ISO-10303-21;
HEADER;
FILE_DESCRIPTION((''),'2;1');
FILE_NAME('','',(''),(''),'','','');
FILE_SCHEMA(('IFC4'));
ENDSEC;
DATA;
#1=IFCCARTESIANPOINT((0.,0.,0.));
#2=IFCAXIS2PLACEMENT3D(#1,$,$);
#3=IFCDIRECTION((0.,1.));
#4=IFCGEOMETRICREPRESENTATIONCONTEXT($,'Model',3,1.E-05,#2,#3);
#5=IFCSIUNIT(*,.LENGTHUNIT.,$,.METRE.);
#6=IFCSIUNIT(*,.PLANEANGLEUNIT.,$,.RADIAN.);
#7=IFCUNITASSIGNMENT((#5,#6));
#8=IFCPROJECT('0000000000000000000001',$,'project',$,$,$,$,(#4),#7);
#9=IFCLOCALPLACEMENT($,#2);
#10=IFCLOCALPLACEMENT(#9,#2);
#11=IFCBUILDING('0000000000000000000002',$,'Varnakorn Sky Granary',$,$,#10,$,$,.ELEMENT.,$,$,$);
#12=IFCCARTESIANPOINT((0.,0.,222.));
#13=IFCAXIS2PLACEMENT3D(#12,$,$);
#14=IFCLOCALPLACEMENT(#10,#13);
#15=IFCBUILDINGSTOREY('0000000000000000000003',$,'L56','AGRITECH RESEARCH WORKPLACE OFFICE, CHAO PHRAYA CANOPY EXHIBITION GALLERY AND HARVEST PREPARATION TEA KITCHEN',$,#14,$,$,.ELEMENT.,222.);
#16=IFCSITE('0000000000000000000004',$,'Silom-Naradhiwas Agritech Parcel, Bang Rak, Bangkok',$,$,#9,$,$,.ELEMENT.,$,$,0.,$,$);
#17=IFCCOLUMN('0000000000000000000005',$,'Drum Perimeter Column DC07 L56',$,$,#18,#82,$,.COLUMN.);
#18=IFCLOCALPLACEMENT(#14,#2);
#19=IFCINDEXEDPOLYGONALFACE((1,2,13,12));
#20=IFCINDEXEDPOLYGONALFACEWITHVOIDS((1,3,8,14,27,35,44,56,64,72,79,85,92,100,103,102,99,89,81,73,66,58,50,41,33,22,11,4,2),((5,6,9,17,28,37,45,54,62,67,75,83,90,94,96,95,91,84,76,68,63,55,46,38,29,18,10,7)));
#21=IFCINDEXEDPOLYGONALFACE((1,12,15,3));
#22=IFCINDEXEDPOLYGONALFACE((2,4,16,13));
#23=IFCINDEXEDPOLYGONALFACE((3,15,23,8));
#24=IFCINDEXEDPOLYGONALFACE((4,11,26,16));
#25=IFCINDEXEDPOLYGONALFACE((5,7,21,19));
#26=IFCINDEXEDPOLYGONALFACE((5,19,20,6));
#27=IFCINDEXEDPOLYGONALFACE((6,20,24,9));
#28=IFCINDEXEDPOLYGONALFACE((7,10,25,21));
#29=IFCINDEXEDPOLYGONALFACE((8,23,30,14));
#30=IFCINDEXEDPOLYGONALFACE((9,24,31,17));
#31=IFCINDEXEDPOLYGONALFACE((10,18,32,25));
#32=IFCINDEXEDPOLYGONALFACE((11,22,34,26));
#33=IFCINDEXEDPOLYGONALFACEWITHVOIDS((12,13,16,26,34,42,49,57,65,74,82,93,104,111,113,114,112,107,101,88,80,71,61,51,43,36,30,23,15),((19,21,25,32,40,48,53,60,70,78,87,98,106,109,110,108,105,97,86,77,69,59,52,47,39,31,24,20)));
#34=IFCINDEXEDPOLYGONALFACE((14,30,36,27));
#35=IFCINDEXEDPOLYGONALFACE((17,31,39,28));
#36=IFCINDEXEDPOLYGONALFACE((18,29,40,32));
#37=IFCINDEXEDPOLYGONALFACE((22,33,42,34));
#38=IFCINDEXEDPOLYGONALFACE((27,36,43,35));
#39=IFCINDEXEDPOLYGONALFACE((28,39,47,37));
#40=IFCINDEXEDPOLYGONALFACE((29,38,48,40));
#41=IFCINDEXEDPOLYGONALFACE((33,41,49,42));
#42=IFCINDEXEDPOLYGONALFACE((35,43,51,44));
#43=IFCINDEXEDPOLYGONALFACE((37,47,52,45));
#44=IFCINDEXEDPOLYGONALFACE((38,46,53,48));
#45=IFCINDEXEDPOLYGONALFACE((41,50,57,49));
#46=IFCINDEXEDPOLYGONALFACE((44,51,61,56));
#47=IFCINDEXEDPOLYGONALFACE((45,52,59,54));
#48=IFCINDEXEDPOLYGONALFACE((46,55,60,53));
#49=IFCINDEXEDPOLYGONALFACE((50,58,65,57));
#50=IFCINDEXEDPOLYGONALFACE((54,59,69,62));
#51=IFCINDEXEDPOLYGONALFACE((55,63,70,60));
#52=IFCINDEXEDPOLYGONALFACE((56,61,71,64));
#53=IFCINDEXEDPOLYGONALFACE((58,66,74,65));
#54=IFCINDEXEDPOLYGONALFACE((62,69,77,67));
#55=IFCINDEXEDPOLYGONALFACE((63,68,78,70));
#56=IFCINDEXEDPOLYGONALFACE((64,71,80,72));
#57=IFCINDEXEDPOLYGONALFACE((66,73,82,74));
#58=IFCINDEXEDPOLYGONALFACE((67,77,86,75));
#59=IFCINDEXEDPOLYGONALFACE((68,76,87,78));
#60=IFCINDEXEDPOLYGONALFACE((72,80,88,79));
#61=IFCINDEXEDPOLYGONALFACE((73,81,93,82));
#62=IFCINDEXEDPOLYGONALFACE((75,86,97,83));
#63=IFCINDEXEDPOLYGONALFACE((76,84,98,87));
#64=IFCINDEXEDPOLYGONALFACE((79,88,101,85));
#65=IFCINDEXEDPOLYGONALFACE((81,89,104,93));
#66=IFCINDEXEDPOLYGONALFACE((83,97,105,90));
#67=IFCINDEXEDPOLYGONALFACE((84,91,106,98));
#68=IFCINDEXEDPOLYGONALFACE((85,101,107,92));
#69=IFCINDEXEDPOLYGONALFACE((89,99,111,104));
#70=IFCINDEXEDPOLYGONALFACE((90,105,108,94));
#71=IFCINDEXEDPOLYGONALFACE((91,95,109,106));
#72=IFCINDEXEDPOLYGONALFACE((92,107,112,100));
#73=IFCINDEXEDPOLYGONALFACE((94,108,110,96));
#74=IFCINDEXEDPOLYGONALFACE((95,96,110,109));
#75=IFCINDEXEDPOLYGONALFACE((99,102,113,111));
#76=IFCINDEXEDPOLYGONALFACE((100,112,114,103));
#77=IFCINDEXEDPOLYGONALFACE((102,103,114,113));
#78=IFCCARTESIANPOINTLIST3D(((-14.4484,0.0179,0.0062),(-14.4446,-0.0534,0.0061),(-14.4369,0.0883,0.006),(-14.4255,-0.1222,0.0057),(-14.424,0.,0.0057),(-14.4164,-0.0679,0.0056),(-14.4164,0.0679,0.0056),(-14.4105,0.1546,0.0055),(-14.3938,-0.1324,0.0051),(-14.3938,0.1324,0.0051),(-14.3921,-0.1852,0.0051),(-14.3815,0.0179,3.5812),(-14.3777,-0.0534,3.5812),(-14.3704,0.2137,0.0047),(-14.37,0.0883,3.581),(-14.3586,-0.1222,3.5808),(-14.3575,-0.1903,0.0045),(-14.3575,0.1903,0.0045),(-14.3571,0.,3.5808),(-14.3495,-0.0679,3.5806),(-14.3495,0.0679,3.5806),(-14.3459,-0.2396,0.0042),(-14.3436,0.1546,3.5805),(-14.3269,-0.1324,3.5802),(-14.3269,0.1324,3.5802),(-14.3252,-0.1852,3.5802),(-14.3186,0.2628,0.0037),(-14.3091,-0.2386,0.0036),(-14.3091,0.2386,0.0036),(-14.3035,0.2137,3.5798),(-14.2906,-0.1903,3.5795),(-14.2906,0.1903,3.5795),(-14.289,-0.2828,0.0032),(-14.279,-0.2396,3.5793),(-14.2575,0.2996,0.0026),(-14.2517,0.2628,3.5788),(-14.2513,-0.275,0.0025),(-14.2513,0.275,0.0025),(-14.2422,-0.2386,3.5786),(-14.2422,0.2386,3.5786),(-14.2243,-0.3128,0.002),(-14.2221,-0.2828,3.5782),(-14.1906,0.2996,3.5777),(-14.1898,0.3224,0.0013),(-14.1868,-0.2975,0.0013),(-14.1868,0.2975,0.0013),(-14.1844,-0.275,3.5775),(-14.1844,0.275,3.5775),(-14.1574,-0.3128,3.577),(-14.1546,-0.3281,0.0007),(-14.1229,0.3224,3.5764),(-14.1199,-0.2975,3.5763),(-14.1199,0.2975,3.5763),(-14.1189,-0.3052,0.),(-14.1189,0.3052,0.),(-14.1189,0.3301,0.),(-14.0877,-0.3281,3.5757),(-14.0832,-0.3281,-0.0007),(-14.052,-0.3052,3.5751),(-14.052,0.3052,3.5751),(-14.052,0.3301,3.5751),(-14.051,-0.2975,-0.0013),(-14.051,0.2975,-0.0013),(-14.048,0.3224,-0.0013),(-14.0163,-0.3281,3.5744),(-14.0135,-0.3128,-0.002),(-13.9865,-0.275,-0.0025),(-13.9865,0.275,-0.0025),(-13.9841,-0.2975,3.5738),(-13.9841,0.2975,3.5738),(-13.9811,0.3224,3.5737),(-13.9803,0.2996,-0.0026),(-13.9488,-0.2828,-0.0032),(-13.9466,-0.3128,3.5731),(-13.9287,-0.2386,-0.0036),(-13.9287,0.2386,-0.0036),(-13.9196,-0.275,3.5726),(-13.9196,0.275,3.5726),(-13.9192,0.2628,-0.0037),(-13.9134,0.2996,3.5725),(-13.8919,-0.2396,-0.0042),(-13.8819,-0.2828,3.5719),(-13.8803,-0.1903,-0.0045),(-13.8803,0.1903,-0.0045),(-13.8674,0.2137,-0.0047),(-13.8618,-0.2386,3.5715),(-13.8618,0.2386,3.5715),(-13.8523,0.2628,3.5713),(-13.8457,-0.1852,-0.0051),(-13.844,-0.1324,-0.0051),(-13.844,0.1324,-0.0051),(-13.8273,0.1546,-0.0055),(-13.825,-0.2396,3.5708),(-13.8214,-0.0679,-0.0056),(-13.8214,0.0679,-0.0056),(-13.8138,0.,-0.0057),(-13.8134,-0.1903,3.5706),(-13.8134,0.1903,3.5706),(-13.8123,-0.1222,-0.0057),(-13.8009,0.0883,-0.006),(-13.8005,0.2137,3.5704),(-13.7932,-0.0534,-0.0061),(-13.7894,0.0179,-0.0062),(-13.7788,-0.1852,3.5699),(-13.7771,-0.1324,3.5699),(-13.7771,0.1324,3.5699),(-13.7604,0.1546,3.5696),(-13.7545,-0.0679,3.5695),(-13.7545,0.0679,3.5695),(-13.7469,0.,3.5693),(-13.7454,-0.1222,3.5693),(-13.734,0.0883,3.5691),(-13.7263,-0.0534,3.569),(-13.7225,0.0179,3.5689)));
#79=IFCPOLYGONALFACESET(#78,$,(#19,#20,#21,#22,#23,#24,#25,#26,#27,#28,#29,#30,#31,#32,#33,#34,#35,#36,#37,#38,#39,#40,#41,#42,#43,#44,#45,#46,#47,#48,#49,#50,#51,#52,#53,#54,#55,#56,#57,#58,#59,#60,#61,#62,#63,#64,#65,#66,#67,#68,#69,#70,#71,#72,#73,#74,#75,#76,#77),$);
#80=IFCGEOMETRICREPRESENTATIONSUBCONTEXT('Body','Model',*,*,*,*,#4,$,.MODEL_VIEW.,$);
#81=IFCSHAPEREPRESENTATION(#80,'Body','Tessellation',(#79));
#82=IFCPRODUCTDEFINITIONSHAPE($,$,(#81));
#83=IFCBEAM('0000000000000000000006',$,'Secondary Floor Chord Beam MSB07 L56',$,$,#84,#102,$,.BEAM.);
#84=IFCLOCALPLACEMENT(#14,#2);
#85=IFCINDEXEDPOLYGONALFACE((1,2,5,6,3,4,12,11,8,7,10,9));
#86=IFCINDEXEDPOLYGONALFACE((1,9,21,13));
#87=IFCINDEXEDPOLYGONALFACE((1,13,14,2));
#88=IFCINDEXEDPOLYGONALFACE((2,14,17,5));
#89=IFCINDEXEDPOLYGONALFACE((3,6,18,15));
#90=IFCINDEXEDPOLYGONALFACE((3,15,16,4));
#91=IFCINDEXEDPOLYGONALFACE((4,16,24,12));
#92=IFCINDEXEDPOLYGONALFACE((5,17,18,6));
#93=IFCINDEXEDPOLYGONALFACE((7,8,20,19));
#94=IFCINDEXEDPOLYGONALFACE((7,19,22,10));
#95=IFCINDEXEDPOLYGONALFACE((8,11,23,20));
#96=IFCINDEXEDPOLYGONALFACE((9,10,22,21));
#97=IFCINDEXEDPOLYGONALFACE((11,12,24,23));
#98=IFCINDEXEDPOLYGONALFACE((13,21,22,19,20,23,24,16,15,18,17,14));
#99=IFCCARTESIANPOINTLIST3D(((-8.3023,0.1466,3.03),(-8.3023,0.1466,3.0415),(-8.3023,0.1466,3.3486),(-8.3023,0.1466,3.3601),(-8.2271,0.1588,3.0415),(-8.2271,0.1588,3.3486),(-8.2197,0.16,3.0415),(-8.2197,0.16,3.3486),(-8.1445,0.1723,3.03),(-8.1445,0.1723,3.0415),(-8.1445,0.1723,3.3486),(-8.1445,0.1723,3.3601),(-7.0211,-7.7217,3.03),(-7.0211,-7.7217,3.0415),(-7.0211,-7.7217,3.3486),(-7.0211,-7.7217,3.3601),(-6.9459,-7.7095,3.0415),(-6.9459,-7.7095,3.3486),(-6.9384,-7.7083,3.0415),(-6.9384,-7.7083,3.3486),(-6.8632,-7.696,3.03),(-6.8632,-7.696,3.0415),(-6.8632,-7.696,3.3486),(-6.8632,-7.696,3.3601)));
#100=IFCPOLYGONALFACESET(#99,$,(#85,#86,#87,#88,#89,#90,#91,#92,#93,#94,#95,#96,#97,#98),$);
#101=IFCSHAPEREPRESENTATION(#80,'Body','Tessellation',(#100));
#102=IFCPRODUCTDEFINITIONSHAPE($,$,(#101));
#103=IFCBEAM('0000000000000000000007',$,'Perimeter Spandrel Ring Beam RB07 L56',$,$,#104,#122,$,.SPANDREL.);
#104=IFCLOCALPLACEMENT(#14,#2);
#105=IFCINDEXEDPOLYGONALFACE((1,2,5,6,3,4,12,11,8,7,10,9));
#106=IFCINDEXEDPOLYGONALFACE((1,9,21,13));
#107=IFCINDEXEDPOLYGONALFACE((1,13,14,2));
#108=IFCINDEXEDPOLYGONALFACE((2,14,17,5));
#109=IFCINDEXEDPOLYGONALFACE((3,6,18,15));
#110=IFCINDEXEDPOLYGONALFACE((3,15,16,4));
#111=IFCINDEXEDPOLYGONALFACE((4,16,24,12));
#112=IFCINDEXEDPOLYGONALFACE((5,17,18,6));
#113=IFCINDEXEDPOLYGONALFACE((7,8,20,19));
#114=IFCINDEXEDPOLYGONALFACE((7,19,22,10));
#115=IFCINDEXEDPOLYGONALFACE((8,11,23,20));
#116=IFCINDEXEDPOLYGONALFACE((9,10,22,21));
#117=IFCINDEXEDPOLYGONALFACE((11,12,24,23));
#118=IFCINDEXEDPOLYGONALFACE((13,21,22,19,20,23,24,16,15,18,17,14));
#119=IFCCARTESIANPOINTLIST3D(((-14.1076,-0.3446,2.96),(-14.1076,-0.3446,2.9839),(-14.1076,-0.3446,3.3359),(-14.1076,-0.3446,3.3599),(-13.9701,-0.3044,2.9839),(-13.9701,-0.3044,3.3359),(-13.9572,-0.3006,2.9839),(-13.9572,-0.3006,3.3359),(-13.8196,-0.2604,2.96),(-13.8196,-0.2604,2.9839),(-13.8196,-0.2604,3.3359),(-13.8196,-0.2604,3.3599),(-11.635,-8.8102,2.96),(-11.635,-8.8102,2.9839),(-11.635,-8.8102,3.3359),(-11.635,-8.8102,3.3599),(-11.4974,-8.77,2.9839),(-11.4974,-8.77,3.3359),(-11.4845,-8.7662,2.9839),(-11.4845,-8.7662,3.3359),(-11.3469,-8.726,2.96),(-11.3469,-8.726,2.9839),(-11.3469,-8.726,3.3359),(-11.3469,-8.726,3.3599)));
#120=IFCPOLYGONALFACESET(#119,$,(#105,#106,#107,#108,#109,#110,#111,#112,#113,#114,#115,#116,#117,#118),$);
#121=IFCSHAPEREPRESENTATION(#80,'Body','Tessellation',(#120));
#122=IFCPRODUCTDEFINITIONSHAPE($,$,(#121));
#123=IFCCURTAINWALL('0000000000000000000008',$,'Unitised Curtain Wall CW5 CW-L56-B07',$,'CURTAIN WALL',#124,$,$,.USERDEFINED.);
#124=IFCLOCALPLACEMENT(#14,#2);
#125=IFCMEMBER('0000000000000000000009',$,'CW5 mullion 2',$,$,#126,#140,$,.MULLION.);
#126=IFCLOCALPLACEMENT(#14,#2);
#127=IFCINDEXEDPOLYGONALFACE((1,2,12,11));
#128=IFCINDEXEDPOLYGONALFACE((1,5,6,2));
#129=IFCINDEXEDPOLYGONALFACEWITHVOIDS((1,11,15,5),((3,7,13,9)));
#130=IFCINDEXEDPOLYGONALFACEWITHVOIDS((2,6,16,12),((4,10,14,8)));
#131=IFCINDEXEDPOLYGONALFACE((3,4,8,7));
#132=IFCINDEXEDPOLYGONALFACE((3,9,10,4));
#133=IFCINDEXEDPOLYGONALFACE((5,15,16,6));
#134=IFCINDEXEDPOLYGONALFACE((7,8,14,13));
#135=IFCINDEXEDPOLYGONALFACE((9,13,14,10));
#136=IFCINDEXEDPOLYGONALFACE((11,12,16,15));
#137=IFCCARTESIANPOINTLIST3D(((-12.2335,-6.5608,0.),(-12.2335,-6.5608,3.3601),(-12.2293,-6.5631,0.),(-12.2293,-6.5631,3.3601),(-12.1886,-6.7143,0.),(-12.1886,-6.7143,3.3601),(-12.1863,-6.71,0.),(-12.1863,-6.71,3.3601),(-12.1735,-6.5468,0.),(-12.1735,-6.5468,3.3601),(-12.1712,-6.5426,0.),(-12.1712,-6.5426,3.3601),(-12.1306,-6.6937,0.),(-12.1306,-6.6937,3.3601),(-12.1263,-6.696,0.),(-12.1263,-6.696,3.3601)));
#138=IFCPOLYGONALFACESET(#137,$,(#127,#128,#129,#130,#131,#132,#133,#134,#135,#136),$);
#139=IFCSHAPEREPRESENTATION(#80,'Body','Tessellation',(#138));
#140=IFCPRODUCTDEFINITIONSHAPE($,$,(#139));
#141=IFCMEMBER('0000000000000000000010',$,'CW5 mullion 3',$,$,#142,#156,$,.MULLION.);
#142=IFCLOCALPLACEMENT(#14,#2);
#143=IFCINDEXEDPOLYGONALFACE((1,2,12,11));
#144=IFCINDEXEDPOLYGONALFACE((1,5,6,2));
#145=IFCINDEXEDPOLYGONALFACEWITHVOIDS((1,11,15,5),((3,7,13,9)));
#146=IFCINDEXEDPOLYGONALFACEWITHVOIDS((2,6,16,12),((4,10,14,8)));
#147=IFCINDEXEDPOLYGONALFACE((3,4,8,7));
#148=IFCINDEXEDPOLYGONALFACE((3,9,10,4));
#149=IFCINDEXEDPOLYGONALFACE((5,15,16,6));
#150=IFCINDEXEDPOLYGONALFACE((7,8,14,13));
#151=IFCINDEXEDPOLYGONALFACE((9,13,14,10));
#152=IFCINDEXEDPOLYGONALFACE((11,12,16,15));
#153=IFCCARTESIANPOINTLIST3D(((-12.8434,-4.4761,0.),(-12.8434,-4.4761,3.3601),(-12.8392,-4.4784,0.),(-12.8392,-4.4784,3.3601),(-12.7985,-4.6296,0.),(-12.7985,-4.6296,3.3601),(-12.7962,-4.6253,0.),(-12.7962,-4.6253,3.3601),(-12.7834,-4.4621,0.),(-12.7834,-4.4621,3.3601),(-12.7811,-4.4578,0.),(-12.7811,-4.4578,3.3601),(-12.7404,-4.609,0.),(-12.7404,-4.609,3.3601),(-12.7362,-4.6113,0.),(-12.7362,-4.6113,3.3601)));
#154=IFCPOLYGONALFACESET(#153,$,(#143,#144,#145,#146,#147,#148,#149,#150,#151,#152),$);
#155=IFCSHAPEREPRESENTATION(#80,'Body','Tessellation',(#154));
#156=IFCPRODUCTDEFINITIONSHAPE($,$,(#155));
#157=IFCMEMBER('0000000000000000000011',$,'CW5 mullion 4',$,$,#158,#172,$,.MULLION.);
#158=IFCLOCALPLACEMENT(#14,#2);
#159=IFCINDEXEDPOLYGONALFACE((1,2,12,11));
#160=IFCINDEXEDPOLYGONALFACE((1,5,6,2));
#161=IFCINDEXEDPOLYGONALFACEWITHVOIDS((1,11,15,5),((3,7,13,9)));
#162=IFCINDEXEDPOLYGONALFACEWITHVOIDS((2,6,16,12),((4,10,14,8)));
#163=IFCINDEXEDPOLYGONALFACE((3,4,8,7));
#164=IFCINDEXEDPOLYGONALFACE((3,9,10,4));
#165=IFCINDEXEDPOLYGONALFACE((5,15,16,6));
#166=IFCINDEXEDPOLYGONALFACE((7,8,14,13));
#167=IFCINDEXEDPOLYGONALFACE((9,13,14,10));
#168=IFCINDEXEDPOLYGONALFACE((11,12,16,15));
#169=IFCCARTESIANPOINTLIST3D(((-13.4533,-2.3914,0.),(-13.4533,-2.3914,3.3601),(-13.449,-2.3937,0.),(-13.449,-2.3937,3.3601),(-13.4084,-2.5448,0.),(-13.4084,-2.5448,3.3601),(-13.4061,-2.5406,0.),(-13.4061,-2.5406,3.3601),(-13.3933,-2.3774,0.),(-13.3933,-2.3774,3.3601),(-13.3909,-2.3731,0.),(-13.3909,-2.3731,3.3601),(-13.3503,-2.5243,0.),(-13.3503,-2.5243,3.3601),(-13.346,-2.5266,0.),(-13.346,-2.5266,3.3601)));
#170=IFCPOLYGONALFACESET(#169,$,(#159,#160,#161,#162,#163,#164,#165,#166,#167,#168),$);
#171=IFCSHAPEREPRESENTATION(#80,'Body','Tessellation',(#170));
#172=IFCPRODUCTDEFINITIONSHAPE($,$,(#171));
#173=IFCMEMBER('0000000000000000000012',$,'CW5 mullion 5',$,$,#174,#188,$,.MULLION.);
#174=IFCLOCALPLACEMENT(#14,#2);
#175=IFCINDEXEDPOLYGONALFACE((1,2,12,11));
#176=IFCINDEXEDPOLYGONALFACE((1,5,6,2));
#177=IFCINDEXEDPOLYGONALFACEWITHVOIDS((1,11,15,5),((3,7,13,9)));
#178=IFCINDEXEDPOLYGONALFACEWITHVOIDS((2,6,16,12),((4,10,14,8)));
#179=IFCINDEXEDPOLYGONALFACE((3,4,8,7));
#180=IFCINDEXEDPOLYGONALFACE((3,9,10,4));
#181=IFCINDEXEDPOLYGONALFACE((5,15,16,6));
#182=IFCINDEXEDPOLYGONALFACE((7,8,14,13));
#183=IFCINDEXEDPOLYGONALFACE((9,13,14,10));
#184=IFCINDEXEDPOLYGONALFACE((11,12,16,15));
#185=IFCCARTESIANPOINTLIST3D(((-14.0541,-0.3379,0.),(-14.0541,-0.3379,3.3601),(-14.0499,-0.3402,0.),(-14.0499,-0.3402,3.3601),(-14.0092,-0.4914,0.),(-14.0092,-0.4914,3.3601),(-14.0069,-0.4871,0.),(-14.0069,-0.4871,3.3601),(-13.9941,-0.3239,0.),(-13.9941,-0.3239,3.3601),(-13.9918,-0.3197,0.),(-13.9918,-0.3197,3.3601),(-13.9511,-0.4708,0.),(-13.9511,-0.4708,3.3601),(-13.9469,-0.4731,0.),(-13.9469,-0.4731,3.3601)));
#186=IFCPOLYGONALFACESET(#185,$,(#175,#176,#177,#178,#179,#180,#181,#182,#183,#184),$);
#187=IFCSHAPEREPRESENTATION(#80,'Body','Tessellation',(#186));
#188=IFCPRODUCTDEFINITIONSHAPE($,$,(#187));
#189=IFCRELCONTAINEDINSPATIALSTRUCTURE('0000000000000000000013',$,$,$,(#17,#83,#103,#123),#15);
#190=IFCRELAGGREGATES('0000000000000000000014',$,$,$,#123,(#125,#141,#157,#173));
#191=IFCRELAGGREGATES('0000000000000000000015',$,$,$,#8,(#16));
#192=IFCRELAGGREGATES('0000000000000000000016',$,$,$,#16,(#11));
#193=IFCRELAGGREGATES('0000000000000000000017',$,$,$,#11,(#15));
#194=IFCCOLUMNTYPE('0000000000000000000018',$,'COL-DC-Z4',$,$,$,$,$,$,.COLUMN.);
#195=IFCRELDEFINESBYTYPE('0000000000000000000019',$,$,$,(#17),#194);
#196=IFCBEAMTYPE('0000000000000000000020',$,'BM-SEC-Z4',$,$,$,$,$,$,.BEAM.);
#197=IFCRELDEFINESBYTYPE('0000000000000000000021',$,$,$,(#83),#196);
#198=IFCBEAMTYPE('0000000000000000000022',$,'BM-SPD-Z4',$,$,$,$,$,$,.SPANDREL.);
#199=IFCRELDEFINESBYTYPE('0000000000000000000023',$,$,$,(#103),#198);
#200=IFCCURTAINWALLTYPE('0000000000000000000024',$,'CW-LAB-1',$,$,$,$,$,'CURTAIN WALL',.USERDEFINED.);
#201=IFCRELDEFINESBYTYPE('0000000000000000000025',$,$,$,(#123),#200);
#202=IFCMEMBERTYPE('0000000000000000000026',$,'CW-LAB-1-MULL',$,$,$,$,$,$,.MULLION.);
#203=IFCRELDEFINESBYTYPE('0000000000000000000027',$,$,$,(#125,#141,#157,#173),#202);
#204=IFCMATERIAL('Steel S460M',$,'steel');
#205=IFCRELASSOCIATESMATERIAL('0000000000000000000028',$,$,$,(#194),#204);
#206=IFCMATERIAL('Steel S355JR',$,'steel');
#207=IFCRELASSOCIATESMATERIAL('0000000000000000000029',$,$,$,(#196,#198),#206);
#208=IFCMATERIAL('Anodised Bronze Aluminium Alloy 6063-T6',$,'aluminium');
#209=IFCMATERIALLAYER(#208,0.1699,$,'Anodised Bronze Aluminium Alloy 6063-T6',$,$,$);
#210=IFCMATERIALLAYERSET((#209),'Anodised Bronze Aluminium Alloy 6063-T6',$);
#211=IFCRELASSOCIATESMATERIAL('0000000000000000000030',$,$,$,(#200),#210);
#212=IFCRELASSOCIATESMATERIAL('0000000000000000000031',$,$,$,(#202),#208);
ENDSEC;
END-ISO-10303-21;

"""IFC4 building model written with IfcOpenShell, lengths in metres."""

from ifc_helpers import new_model, si_unit, direction, frame, origin, origin_2d, place, context, subcontext, project, spatial, hollow_rectangle, hollow_circle, i_section, extrude, material, layer, layer_set, material_profile, profile_set, type_object, element, aggregate, save


model = new_model("IFC4")

# Units and contexts
model_context = context("Model", 3, precision=1e-05, world=origin(), true_north=direction((0.0, 1.0)))
body_context = subcontext(model_context, "Body", "Model", "MODEL_VIEW")
ifc_project = project(units=[si_unit("LENGTHUNIT", "METRE"), si_unit("PLANEANGLEUNIT", "RADIAN")], contexts=[model_context])

# Site, building, storey
site_placement = place(None, origin())
site = spatial("IfcSite", under=ifc_project, at=site_placement, Name="Silom-Naradhiwas Agritech Parcel, Bang Rak, Bangkok", CompositionType="ELEMENT", RefElevation=0.0)
building_placement = place(site_placement, origin())
building = spatial("IfcBuilding", under=site, at=building_placement, Name="Varnakorn Sky Granary", CompositionType="ELEMENT")
storey_placement = place(building_placement, frame((0.0, 0.0, 222.0)))
storey = spatial("IfcBuildingStorey", under=building, at=storey_placement, Name="L56", Description="AGRITECH RESEARCH WORKPLACE OFFICE, CHAO PHRAYA CANOPY EXHIBITION GALLERY AND HARVEST PREPARATION TEA KITCHEN", CompositionType="ELEMENT", Elevation=222.0)

# Column
ifc_material_1 = material(Name="Steel S460M", Category="steel")
ifc_material_profile_1 = material_profile(ifc_material_1, hollow_circle(Radius=0.3301, WallThickness=0.0249, at=origin_2d()), Name="CHS 660x25")
ifc_profile_set_1 = profile_set([ifc_material_profile_1], Name="Steel S460M")
column_type = type_object("IfcColumnType", Name="COL-DC-Z4", PredefinedType="COLUMN", material=ifc_profile_set_1)
column_placement = place(storey_placement, frame((-14.1189, 0.0, 0.0), z_axis=(0.018709, 0.0, 0.999825), x_axis=(0.0, 1.0, 0.0)))
element("IfcColumn", 1, at=column_placement, inside=storey, type_object=column_type, Name="Drum Perimeter Column DC07 L56", PredefinedType="COLUMN", context=body_context, shape_type="SweptSolid", body=[
    extrude(hollow_circle(Radius=0.3301, WallThickness=0.0249, at=origin_2d()), origin(), (0.0, 0.0, 1.0), 3.5757),
])

# Beams
ifc_material_2 = material(Name="Steel S355JR", Category="steel")
ifc_material_profile_2 = material_profile(ifc_material_2, i_section(OverallWidth=0.1599, OverallDepth=0.3301, WebThickness=0.0076, FlangeThickness=0.0115, at=origin_2d()), Name="IPE 330")
ifc_profile_set_2 = profile_set([ifc_material_profile_2], Name="Steel S355JR")
beam_type_1 = type_object("IfcBeamType", Name="BM-SEC-Z4", PredefinedType="BEAM", material=ifc_profile_set_2)
beam_1_placement = place(storey_placement, frame((-8.2234, 0.1594, 3.1951), z_axis=(0.160718, -0.987, 0.0), x_axis=(0.987, 0.160718, 0.0)))
element("IfcBeam", 2, at=beam_1_placement, inside=storey, type_object=beam_type_1, Name="Secondary Floor Chord Beam MSB07 L56", PredefinedType="BEAM", context=body_context, shape_type="SweptSolid", body=[
    extrude(i_section(OverallWidth=0.1599, OverallDepth=0.3301, WebThickness=0.0076, FlangeThickness=0.0115, at=origin_2d()), origin(), (0.0, 0.0, 1.0), 7.9719),
])
ifc_material_profile_3 = material_profile(ifc_material_2, i_section(OverallWidth=0.3, OverallDepth=0.3999, WebThickness=0.0134, FlangeThickness=0.0239, at=origin_2d()), Name="HE 400 B")
ifc_profile_set_3 = profile_set([ifc_material_profile_3], Name="Steel S355JR")
beam_type_2 = type_object("IfcBeamType", Name="BM-SPD-Z4", PredefinedType="SPANDREL", material=ifc_profile_set_3)
beam_2_placement = place(storey_placement, frame((-13.9636, -0.3025, 3.1599), z_axis=(0.280369, -0.959892, 0.0), x_axis=(0.959892, 0.280369, 0.0)))
element("IfcBeam", 3, at=beam_2_placement, inside=storey, type_object=beam_type_2, Name="Perimeter Spandrel Ring Beam RB07 L56", PredefinedType="SPANDREL", context=body_context, shape_type="SweptSolid", body=[
    extrude(i_section(OverallWidth=0.3, OverallDepth=0.3999, WebThickness=0.0134, FlangeThickness=0.0239, at=origin_2d()), origin(), (0.0, 0.0, 1.0), 8.8193),
])

# Curtain wall, members
ifc_material_3 = material(Name="Anodised Bronze Aluminium Alloy 6063-T6", Category="aluminium")
ifc_layer_1 = layer(ifc_material_3, 0.1699, Name="Anodised Bronze Aluminium Alloy 6063-T6")
ifc_layer_set_1 = layer_set([ifc_layer_1], Name="Anodised Bronze Aluminium Alloy 6063-T6")
curtain_wall_type = type_object("IfcCurtainWallType", Name="CW-LAB-1", ElementType="CURTAIN WALL", PredefinedType="USERDEFINED", material=ifc_layer_set_1)
curtain_wall_placement = place(storey_placement, origin())
curtain_wall = element("IfcCurtainWall", 4, at=curtain_wall_placement, inside=storey, type_object=curtain_wall_type, Name="Unitised Curtain Wall CW5 CW-L56-B07", ObjectType="CURTAIN WALL", PredefinedType="USERDEFINED")
ifc_material_profile_4 = material_profile(ifc_material_3, hollow_rectangle(XDim=0.0649, YDim=0.1599, WallThickness=0.0034, at=origin_2d()), Name="ALU MULL 65x160")
ifc_profile_set_4 = profile_set([ifc_material_profile_4], Name="Anodised Bronze Aluminium Alloy 6063-T6")
member_type_1 = type_object("IfcMemberType", Name="CW-LAB-1-MULL", PredefinedType="MULLION", material=ifc_profile_set_4)
member_1_placement = place(storey_placement, frame((-12.1799, -6.6284, 0.0), z_axis=(0.0, 0.0, 1.0), x_axis=(-0.959779, -0.280755, 0.0)))
member_1 = element("IfcMember", 5, at=member_1_placement, type_object=member_type_1, Name="CW5 mullion 2", PredefinedType="MULLION", context=body_context, shape_type="SweptSolid", body=[
    extrude(hollow_rectangle(XDim=0.0649, YDim=0.1599, WallThickness=0.0034, at=origin_2d()), origin(), (0.0, 0.0, 1.0), 3.3601),
])
member_2_placement = place(storey_placement, frame((-12.7898, -4.5437, 0.0), z_axis=(0.0, 0.0, 1.0), x_axis=(-0.959779, -0.280755, 0.0)))
member_2 = element("IfcMember", 6, at=member_2_placement, type_object=member_type_1, Name="CW5 mullion 3", PredefinedType="MULLION", context=body_context, shape_type="SweptSolid", body=[
    extrude(hollow_rectangle(XDim=0.0649, YDim=0.1599, WallThickness=0.0034, at=origin_2d()), origin(), (0.0, 0.0, 1.0), 3.3601),
])
member_3_placement = place(storey_placement, frame((-13.3997, -2.459, 0.0), z_axis=(0.0, 0.0, 1.0), x_axis=(-0.959779, -0.280755, 0.0)))
member_3 = element("IfcMember", 7, at=member_3_placement, type_object=member_type_1, Name="CW5 mullion 4", PredefinedType="MULLION", context=body_context, shape_type="SweptSolid", body=[
    extrude(hollow_rectangle(XDim=0.0649, YDim=0.1599, WallThickness=0.0034, at=origin_2d()), origin(), (0.0, 0.0, 1.0), 3.3601),
])
member_4_placement = place(storey_placement, frame((-14.0005, -0.4055, 0.0), z_axis=(0.0, 0.0, 1.0), x_axis=(-0.959779, -0.280755, 0.0)))
member_4 = element("IfcMember", 8, at=member_4_placement, type_object=member_type_1, Name="CW5 mullion 5", PredefinedType="MULLION", context=body_context, shape_type="SweptSolid", body=[
    extrude(hollow_rectangle(XDim=0.0649, YDim=0.1599, WallThickness=0.0034, at=origin_2d()), origin(), (0.0, 0.0, 1.0), 3.3601),
])

aggregate(curtain_wall, [member_1, member_2, member_3, member_4])

save(model, "model.ifc")
